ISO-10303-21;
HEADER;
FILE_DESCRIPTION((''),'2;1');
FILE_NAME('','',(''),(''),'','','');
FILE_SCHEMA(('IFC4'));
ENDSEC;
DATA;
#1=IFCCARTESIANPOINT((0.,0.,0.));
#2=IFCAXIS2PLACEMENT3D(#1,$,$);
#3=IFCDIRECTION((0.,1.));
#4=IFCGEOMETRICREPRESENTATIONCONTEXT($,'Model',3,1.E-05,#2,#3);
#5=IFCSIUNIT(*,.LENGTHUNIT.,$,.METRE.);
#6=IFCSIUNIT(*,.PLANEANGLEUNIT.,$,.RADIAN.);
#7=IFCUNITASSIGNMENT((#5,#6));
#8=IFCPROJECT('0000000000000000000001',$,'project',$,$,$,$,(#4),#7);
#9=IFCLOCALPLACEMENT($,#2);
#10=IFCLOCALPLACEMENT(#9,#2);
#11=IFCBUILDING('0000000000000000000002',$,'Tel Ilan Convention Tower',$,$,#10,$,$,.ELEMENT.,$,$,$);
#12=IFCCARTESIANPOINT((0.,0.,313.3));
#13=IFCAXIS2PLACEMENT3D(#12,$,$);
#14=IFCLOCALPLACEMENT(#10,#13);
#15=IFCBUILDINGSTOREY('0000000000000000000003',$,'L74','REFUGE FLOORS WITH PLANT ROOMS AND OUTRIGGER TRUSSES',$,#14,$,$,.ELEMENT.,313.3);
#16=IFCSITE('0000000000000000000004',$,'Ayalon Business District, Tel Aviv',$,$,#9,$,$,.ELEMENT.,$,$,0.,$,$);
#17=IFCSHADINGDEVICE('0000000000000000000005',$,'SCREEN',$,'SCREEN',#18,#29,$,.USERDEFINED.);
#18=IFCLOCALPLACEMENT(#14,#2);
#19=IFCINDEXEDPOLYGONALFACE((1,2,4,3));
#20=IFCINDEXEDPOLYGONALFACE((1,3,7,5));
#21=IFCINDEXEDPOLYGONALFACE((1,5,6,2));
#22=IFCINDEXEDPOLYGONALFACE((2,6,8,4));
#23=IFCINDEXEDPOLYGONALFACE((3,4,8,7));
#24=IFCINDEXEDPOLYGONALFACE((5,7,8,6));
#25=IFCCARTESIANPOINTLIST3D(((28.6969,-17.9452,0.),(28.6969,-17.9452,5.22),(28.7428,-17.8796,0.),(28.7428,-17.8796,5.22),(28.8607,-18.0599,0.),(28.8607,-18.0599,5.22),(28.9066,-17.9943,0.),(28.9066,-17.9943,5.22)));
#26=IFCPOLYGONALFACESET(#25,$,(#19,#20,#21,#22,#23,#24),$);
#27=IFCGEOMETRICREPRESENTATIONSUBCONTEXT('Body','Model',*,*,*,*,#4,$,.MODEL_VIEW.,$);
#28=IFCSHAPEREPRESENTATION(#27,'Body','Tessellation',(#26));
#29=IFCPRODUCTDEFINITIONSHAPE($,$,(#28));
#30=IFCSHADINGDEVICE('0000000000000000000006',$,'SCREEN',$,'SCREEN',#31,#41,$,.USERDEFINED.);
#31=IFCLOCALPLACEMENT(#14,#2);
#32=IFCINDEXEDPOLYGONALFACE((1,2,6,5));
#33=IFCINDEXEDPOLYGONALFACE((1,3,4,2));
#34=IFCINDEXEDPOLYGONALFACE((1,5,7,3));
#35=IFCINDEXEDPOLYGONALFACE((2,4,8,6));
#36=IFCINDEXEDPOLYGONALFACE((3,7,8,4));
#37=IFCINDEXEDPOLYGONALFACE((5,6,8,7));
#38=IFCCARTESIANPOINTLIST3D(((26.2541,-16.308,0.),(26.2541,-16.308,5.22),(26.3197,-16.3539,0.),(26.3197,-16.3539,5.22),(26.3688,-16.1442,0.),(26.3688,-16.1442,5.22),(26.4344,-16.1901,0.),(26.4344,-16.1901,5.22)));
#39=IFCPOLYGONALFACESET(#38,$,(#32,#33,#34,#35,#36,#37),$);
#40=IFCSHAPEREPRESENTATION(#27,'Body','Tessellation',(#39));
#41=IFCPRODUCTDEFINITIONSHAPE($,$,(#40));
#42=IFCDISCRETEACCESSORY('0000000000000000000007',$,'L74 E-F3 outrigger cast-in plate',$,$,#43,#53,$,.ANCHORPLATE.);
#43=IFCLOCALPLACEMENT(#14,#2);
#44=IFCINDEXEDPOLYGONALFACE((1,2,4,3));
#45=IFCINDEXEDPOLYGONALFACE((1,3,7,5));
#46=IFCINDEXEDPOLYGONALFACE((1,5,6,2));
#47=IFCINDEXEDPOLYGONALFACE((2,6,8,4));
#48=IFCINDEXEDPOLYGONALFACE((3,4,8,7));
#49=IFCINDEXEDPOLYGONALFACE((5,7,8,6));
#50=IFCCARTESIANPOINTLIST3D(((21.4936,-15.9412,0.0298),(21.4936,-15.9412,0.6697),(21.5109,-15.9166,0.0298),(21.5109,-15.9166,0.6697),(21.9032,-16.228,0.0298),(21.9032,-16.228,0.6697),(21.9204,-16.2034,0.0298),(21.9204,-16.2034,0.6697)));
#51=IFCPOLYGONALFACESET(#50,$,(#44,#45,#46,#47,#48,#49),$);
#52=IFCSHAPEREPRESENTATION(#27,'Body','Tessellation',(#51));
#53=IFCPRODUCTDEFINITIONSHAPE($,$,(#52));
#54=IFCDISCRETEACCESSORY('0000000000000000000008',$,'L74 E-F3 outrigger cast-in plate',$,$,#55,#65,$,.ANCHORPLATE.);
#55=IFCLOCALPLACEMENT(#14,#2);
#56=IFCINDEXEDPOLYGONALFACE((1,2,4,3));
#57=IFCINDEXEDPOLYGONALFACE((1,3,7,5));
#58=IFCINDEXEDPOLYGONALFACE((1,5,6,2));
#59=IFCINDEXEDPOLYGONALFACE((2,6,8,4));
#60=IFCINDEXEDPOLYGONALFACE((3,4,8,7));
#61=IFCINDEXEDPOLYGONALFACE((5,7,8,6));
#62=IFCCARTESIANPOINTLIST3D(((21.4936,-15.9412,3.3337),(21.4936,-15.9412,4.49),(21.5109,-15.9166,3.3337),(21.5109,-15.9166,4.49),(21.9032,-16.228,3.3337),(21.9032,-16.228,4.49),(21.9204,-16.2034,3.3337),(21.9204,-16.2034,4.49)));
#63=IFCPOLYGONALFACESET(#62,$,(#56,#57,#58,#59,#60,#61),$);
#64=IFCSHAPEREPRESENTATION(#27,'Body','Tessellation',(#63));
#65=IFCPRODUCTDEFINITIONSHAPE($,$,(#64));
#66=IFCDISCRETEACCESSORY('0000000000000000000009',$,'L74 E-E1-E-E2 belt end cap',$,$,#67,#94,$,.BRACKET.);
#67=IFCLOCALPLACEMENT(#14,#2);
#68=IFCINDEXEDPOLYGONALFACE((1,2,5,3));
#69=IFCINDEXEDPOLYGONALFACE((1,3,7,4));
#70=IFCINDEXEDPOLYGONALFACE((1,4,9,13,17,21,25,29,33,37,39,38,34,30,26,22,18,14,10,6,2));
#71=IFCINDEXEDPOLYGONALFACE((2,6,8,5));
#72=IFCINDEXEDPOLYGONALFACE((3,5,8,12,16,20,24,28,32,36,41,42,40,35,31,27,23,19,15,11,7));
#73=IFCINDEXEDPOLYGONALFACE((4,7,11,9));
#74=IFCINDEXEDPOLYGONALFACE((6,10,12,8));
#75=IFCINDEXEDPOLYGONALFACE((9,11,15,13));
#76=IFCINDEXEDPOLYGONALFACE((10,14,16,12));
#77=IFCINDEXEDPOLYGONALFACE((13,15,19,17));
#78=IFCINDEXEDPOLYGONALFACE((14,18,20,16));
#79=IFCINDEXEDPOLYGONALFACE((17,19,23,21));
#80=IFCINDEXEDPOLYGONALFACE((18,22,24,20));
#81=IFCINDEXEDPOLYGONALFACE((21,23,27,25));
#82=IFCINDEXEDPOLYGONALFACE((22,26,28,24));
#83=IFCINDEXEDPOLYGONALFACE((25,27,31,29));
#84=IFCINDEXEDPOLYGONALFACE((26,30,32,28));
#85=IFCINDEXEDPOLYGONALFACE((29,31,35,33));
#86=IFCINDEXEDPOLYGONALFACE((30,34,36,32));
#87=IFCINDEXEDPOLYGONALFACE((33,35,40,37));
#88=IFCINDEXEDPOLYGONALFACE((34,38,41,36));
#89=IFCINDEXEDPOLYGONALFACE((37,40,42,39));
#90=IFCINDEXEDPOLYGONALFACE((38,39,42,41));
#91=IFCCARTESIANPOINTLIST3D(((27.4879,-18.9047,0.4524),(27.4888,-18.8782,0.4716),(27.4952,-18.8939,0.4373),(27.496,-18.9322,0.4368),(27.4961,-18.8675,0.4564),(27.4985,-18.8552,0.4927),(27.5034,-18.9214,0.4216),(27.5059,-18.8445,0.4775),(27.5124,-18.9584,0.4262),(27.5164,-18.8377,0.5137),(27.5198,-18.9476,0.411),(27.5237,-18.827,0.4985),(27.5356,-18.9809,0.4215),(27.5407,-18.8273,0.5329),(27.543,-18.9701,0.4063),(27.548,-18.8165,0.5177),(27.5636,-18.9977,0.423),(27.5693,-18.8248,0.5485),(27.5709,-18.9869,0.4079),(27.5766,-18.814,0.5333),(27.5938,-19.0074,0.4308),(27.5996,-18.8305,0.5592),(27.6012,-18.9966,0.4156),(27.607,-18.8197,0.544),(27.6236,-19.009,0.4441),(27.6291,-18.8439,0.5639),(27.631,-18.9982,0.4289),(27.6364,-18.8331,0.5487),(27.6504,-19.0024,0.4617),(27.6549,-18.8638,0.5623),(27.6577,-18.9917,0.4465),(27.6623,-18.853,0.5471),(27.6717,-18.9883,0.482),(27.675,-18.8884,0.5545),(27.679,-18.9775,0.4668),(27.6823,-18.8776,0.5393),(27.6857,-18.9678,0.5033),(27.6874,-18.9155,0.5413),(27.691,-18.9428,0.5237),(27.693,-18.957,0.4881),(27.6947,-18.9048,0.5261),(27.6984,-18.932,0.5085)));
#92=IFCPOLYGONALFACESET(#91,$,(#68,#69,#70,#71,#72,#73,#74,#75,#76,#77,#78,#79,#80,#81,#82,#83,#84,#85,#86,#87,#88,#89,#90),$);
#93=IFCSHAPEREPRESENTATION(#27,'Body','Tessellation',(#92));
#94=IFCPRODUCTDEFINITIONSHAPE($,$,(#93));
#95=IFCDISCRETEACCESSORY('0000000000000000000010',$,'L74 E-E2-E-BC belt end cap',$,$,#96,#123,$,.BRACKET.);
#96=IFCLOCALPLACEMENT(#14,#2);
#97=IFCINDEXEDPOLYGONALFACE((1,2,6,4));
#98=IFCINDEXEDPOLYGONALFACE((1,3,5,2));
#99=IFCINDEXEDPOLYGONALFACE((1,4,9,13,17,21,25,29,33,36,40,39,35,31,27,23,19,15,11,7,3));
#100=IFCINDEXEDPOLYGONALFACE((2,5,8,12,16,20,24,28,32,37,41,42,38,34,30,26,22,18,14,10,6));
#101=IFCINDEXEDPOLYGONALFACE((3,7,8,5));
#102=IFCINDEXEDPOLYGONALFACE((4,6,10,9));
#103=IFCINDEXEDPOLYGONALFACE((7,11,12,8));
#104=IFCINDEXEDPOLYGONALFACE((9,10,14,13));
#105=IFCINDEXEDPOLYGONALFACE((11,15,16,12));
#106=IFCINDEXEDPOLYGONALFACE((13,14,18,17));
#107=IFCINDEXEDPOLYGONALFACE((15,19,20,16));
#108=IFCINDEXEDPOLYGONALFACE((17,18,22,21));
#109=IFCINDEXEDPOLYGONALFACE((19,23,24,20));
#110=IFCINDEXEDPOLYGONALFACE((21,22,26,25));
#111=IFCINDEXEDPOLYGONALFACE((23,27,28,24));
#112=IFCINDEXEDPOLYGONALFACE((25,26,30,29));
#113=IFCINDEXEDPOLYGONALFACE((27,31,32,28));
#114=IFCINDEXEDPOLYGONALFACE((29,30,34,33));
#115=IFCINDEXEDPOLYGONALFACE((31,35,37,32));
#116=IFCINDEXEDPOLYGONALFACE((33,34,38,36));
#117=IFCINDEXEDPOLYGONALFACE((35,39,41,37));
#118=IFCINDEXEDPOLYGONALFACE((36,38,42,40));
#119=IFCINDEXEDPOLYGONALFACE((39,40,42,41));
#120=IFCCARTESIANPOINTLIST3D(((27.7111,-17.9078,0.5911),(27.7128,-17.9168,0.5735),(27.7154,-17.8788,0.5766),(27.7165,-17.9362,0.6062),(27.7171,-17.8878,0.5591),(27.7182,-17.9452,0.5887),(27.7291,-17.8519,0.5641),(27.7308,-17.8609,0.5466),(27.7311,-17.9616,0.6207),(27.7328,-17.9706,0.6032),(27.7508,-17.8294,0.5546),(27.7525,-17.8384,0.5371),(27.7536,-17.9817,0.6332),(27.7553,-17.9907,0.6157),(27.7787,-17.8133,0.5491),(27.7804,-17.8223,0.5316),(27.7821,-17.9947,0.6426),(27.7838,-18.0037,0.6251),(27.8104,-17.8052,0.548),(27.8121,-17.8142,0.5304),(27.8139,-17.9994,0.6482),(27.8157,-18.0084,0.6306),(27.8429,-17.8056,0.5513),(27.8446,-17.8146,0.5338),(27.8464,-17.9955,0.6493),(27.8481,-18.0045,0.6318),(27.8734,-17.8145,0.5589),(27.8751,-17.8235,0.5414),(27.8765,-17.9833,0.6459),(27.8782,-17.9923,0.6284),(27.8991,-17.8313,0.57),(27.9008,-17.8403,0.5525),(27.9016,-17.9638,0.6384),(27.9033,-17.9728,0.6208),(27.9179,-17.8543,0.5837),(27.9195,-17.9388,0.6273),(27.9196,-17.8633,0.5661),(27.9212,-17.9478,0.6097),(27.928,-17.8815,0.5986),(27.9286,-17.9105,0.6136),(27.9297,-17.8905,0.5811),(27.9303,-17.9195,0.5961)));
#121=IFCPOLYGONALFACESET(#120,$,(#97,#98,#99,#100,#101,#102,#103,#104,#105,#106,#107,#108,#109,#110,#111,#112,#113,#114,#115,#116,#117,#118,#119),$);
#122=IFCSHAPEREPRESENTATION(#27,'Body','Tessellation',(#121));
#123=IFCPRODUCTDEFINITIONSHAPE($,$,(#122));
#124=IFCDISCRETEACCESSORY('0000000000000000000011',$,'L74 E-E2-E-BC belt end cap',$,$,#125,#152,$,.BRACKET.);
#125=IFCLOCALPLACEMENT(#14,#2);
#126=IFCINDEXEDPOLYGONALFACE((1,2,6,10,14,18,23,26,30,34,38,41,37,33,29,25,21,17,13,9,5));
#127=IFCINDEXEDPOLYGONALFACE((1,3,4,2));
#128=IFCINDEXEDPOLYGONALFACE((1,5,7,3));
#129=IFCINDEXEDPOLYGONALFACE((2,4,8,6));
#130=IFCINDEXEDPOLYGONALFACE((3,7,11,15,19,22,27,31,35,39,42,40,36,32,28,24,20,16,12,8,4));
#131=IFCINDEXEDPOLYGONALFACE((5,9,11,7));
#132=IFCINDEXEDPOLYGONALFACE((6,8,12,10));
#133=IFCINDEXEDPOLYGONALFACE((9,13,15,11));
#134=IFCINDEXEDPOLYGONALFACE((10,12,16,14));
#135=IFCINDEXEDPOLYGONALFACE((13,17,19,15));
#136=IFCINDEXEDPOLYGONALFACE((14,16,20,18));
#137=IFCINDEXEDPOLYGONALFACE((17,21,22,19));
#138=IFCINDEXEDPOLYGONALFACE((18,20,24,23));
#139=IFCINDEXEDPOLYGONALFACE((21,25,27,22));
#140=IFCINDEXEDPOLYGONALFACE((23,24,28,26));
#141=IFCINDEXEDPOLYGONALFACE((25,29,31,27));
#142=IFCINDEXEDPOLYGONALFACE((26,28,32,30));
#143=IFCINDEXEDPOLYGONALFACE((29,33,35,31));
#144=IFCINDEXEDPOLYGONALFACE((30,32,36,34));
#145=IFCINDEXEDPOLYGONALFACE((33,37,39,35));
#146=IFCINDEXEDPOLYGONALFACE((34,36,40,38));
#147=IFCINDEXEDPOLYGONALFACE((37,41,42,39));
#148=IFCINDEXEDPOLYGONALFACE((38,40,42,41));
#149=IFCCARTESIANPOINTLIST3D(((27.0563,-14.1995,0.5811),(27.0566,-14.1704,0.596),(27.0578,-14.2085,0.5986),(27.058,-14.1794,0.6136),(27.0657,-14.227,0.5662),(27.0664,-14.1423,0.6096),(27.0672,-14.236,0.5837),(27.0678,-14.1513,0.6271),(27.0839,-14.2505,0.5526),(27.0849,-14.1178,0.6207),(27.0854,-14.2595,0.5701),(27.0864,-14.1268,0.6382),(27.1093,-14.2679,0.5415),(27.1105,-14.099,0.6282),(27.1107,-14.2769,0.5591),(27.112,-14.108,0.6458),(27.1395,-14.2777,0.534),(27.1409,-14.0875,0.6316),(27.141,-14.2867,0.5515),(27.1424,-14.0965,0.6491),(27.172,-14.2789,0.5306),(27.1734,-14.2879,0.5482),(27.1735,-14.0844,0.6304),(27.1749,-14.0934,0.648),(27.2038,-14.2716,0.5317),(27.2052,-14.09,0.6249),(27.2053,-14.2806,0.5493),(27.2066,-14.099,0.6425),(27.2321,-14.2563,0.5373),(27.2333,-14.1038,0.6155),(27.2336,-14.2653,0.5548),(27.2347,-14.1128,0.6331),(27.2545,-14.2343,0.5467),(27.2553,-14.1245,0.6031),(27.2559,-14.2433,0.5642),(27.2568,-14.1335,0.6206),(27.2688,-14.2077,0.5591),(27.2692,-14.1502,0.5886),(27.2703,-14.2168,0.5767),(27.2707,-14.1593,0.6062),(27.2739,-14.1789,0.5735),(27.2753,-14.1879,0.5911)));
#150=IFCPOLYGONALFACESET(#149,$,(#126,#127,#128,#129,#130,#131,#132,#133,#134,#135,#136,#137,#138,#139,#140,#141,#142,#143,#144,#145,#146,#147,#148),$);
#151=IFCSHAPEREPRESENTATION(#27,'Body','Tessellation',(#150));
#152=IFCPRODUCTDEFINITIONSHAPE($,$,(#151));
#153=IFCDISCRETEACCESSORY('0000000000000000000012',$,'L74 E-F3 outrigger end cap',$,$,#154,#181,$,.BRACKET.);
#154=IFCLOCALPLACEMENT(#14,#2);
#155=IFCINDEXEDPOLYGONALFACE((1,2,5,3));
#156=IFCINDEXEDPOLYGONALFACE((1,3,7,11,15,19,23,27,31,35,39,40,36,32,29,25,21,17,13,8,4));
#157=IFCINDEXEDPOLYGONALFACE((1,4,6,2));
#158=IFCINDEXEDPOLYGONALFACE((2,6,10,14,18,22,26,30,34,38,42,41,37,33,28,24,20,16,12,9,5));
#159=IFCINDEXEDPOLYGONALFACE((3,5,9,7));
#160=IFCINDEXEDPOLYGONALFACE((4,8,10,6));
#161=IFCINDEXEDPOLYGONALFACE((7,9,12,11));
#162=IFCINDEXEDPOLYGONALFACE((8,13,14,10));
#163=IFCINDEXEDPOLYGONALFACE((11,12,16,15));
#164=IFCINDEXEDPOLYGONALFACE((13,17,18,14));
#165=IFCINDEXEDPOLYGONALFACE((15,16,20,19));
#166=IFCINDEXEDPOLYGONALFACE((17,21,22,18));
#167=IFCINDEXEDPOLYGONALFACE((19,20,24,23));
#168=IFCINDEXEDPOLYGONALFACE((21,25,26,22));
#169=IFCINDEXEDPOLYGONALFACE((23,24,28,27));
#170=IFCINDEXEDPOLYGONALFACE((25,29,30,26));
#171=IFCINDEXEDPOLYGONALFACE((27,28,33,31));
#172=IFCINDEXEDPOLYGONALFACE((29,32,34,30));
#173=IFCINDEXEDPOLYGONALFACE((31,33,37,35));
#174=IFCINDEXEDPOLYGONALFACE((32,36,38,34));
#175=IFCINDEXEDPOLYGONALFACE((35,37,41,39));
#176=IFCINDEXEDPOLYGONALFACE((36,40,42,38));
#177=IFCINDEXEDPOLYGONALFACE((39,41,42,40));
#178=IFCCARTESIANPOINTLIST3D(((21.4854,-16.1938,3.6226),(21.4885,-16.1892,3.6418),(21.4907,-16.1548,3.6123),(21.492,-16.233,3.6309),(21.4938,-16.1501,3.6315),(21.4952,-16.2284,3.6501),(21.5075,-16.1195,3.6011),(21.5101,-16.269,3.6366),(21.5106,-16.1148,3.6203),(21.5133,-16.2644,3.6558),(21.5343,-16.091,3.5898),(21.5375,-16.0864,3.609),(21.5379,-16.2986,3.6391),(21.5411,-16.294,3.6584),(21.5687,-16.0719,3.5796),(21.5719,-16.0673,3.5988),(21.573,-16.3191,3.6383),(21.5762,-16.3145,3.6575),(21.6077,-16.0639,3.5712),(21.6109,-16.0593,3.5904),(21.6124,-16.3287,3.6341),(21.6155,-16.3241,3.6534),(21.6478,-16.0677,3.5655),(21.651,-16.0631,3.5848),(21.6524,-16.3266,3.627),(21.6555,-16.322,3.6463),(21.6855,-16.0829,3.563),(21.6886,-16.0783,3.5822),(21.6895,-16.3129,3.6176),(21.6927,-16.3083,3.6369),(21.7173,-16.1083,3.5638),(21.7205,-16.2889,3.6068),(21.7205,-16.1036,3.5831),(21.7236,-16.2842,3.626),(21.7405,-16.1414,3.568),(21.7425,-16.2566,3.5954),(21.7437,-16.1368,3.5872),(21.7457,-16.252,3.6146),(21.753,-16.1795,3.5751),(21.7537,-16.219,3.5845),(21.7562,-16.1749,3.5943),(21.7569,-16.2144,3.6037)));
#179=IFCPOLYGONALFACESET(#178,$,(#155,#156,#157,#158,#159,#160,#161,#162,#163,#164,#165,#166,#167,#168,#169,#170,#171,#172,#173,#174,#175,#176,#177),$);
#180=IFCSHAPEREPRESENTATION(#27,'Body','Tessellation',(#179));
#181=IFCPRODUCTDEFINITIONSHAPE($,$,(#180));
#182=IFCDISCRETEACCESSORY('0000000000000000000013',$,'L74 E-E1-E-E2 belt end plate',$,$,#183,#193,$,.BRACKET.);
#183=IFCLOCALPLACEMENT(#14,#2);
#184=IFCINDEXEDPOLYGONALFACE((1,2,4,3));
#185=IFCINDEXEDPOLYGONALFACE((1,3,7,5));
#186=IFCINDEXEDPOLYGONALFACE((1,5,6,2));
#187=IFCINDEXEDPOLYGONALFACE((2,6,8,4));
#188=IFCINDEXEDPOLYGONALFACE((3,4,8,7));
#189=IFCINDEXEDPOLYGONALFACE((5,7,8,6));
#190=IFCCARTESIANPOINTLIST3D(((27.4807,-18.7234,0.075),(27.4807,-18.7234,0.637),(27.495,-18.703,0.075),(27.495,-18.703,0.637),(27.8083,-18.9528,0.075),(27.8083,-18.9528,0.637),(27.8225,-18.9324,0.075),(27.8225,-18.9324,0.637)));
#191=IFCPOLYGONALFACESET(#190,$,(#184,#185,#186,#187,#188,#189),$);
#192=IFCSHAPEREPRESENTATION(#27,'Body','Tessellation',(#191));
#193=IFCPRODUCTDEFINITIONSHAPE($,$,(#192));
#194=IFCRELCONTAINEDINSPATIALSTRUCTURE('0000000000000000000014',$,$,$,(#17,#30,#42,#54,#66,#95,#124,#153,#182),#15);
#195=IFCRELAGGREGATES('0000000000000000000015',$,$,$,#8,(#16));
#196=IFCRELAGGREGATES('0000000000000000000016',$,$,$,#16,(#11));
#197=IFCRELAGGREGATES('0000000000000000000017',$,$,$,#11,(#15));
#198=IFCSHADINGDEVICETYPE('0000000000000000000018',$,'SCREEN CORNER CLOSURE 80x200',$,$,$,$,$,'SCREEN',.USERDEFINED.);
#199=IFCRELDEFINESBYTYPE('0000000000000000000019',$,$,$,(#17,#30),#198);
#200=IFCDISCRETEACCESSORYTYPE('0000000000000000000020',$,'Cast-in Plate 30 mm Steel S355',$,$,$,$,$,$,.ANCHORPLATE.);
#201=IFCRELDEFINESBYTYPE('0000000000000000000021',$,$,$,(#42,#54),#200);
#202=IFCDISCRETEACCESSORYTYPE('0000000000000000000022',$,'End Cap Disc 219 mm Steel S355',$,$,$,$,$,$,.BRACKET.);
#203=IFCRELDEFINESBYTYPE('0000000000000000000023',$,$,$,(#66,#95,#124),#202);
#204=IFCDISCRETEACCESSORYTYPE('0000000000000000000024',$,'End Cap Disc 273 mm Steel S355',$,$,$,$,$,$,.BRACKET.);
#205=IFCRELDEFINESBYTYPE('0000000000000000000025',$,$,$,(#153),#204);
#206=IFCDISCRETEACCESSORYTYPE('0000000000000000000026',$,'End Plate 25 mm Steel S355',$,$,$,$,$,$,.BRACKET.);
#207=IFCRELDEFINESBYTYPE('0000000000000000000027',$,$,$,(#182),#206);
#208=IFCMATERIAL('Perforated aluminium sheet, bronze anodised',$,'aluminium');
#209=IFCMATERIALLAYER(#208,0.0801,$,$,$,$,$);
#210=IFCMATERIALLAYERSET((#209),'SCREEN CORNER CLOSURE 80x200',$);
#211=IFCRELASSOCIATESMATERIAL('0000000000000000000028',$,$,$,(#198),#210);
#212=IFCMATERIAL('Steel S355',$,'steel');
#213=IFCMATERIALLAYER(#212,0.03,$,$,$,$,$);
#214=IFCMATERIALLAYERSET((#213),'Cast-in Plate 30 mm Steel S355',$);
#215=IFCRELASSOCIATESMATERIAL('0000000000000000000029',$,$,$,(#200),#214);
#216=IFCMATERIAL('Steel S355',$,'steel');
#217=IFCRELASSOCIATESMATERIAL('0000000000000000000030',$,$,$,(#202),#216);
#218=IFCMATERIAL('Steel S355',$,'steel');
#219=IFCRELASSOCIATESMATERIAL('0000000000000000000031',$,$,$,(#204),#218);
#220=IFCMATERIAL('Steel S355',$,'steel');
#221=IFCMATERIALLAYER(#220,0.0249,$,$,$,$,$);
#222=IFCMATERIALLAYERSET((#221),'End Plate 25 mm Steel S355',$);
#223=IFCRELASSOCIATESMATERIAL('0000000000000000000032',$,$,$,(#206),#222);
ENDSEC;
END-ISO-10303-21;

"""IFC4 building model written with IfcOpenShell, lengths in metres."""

from ifc_helpers import new_model, si_unit, direction, frame, origin, origin_2d, place, context, subcontext, project, spatial, rectangle, circle, extrude, material, layer, layer_set, material_profile, profile_set, type_object, element, save


model = new_model("IFC4")

# Units and contexts
model_context = context("Model", 3, precision=1e-05, world=origin(), true_north=direction((0.0, 1.0)))
body_context = subcontext(model_context, "Body", "Model", "MODEL_VIEW")
ifc_project = project(units=[si_unit("LENGTHUNIT", "METRE"), si_unit("PLANEANGLEUNIT", "RADIAN")], contexts=[model_context])

# Site, building, storey
site_placement = place(None, origin())
site = spatial("IfcSite", under=ifc_project, at=site_placement, Name="Ayalon Business District, Tel Aviv", CompositionType="ELEMENT", RefElevation=0.0)
building_placement = place(site_placement, origin())
building = spatial("IfcBuilding", under=site, at=building_placement, Name="Tel Ilan Convention Tower", CompositionType="ELEMENT")
storey_placement = place(building_placement, frame((0.0, 0.0, 313.3)))
storey = spatial("IfcBuildingStorey", under=building, at=storey_placement, Name="L74", Description="REFUGE FLOORS WITH PLANT ROOMS AND OUTRIGGER TRUSSES", CompositionType="ELEMENT", Elevation=313.3)

# Shading devices
ifc_material_1 = material(Name="Perforated aluminium sheet, bronze anodised", Category="aluminium")
ifc_layer_1 = layer(ifc_material_1, 0.0801)
ifc_layer_set_1 = layer_set([ifc_layer_1], Name="SCREEN CORNER CLOSURE 80x200")
shading_device_type_1 = type_object("IfcShadingDeviceType", Name="SCREEN CORNER CLOSURE 80x200", ElementType="SCREEN", PredefinedType="USERDEFINED", material=ifc_layer_set_1)
for number, where, z_axis, x_axis, name in (
    (1, (28.8018, -17.9697, 0.0), (0.0, 0.0, 1.0), (0.573576, 0.819152, 0.0), "SCREEN"),
    (2, (26.3442, -16.249, 0.0), (0.0, 0.0, 1.0), (-0.819152, 0.573576, 0.0), "SCREEN"),
):
    element("IfcShadingDevice", number, at=place(storey_placement, frame(where, z_axis=z_axis, x_axis=x_axis)), inside=storey, type_object=shading_device_type_1, Name=name, ObjectType="SCREEN", PredefinedType="USERDEFINED", context=body_context, shape_type="SweptSolid", body=[
        extrude(rectangle(XDim=0.0801, YDim=0.2, at=origin_2d()), origin(), (0.0, 0.0, 1.0), 5.22),
    ])

# Discrete accessories
ifc_material_2 = material(Name="Steel S355", Category="steel")
ifc_layer_2 = layer(ifc_material_2, 0.03)
ifc_layer_set_2 = layer_set([ifc_layer_2], Name="Cast-in Plate 30 mm Steel S355")
discrete_accessory_type_1 = type_object("IfcDiscreteAccessoryType", Name="Cast-in Plate 30 mm Steel S355", PredefinedType="ANCHORPLATE", material=ifc_layer_set_2)
discrete_accessory_1_placement = place(storey_placement, frame((21.707, -16.0723, 0.0298), z_axis=(0.0, 0.0, 1.0), x_axis=(0.573576, 0.819152, 0.0)))
element("IfcDiscreteAccessory", 3, at=discrete_accessory_1_placement, inside=storey, type_object=discrete_accessory_type_1, Name="L74 E-F3 outrigger cast-in plate", PredefinedType="ANCHORPLATE", context=body_context, shape_type="SweptSolid", body=[
    extrude(rectangle(XDim=0.03, YDim=0.5, at=origin_2d()), origin(), (0.0, 0.0, 1.0), 0.6399),
])
discrete_accessory_2_placement = place(storey_placement, frame((21.707, -16.0723, 3.3337), z_axis=(0.0, 0.0, 1.0), x_axis=(0.573576, 0.819152, 0.0)))
element("IfcDiscreteAccessory", 4, at=discrete_accessory_2_placement, inside=storey, type_object=discrete_accessory_type_1, Name="L74 E-F3 outrigger cast-in plate", PredefinedType="ANCHORPLATE", context=body_context, shape_type="SweptSolid", body=[
    extrude(rectangle(XDim=0.03, YDim=0.5, at=origin_2d()), origin(), (0.0, 0.0, 1.0), 1.1562),
])
ifc_material_3 = material(Name="Steel S355", Category="steel")
ifc_material_profile_1 = material_profile(ifc_material_3, circle(Radius=0.1096, at=origin_2d()), Name="End Cap Disc 219 mm Steel S355")
ifc_profile_set_1 = profile_set([ifc_material_profile_1], Name="Steel S355")
discrete_accessory_type_2 = type_object("IfcDiscreteAccessoryType", Name="End Cap Disc 219 mm Steel S355", PredefinedType="BRACKET", material=ifc_profile_set_1)
discrete_accessory_3_placement = place(storey_placement, frame((27.5891, -18.917, 0.4927), z_axis=(0.367057, 0.53835, -0.758584), x_axis=(-0.826227, 0.563337, 0.0)))
element("IfcDiscreteAccessory", 5, at=discrete_accessory_3_placement, inside=storey, type_object=discrete_accessory_type_2, Name="L74 E-E1-E-E2 belt end cap", PredefinedType="BRACKET", context=body_context, shape_type="SweptSolid", body=[
    extrude(circle(Radius=0.1096, at=origin_2d()), origin(), (0.0, 0.0, 1.0), 0.02),
])
for number, where, z_axis, x_axis, name in (
    (6, (27.8203, -17.9019, 0.5986), (0.086151, -0.45537, -0.886124), (0.98257, 0.185892, 0.0), "L74 E-E2-E-BC belt end cap"),
    (7, (27.166, -14.1909, 0.5986), (-0.073917, 0.455819, -0.886998), (-0.987105, -0.160071, 0.0), "L74 E-E2-E-BC belt end cap"),
):
    element("IfcDiscreteAccessory", number, at=place(storey_placement, frame(where, z_axis=z_axis, x_axis=x_axis)), inside=storey, type_object=discrete_accessory_type_2, Name=name, PredefinedType="BRACKET", context=body_context, shape_type="SweptSolid", body=[
        extrude(circle(Radius=0.1096, at=origin_2d()), origin(), (0.0, 0.0, 1.0), 0.0198),
    ])
ifc_material_4 = material(Name="Steel S355", Category="steel")
ifc_material_profile_2 = material_profile(ifc_material_4, circle(Radius=0.1365, at=origin_2d()), Name="End Cap Disc 273 mm Steel S355")
ifc_profile_set_2 = profile_set([ifc_material_profile_2], Name="Steel S355")
discrete_accessory_type_3 = type_object("IfcDiscreteAccessoryType", Name="End Cap Disc 273 mm Steel S355", PredefinedType="BRACKET", material=ifc_profile_set_2)
discrete_accessory_4_placement = place(storey_placement, frame((21.6201, -16.1965, 3.6011), z_axis=(0.157985, 0.230902, 0.960065), x_axis=(-0.825307, 0.564684, 0.0)))
element("IfcDiscreteAccessory", 8, at=discrete_accessory_4_placement, inside=storey, type_object=discrete_accessory_type_3, Name="L74 E-F3 outrigger end cap", PredefinedType="BRACKET", context=body_context, shape_type="SweptSolid", body=[
    extrude(circle(Radius=0.1365, at=origin_2d()), origin(), (0.0, 0.0, 1.0), 0.02),
])
ifc_material_5 = material(Name="Steel S355", Category="steel")
ifc_layer_3 = layer(ifc_material_5, 0.0249)
ifc_layer_set_3 = layer_set([ifc_layer_3], Name="End Plate 25 mm Steel S355")
discrete_accessory_type_4 = type_object("IfcDiscreteAccessoryType", Name="End Plate 25 mm Steel S355", PredefinedType="BRACKET", material=ifc_layer_set_3)
discrete_accessory_5_placement = place(storey_placement, frame((27.6516, -18.8279, 0.075), z_axis=(0.0, 0.0, 1.0), x_axis=(0.573576, 0.819152, 0.0)))
element("IfcDiscreteAccessory", 9, at=discrete_accessory_5_placement, inside=storey, type_object=discrete_accessory_type_4, Name="L74 E-E1-E-E2 belt end plate", PredefinedType="BRACKET", context=body_context, shape_type="SweptSolid", body=[
    extrude(rectangle(XDim=0.0249, YDim=0.3999, at=origin_2d()), origin(), (0.0, 0.0, 1.0), 0.562),
])

save(model, "model.ifc")
